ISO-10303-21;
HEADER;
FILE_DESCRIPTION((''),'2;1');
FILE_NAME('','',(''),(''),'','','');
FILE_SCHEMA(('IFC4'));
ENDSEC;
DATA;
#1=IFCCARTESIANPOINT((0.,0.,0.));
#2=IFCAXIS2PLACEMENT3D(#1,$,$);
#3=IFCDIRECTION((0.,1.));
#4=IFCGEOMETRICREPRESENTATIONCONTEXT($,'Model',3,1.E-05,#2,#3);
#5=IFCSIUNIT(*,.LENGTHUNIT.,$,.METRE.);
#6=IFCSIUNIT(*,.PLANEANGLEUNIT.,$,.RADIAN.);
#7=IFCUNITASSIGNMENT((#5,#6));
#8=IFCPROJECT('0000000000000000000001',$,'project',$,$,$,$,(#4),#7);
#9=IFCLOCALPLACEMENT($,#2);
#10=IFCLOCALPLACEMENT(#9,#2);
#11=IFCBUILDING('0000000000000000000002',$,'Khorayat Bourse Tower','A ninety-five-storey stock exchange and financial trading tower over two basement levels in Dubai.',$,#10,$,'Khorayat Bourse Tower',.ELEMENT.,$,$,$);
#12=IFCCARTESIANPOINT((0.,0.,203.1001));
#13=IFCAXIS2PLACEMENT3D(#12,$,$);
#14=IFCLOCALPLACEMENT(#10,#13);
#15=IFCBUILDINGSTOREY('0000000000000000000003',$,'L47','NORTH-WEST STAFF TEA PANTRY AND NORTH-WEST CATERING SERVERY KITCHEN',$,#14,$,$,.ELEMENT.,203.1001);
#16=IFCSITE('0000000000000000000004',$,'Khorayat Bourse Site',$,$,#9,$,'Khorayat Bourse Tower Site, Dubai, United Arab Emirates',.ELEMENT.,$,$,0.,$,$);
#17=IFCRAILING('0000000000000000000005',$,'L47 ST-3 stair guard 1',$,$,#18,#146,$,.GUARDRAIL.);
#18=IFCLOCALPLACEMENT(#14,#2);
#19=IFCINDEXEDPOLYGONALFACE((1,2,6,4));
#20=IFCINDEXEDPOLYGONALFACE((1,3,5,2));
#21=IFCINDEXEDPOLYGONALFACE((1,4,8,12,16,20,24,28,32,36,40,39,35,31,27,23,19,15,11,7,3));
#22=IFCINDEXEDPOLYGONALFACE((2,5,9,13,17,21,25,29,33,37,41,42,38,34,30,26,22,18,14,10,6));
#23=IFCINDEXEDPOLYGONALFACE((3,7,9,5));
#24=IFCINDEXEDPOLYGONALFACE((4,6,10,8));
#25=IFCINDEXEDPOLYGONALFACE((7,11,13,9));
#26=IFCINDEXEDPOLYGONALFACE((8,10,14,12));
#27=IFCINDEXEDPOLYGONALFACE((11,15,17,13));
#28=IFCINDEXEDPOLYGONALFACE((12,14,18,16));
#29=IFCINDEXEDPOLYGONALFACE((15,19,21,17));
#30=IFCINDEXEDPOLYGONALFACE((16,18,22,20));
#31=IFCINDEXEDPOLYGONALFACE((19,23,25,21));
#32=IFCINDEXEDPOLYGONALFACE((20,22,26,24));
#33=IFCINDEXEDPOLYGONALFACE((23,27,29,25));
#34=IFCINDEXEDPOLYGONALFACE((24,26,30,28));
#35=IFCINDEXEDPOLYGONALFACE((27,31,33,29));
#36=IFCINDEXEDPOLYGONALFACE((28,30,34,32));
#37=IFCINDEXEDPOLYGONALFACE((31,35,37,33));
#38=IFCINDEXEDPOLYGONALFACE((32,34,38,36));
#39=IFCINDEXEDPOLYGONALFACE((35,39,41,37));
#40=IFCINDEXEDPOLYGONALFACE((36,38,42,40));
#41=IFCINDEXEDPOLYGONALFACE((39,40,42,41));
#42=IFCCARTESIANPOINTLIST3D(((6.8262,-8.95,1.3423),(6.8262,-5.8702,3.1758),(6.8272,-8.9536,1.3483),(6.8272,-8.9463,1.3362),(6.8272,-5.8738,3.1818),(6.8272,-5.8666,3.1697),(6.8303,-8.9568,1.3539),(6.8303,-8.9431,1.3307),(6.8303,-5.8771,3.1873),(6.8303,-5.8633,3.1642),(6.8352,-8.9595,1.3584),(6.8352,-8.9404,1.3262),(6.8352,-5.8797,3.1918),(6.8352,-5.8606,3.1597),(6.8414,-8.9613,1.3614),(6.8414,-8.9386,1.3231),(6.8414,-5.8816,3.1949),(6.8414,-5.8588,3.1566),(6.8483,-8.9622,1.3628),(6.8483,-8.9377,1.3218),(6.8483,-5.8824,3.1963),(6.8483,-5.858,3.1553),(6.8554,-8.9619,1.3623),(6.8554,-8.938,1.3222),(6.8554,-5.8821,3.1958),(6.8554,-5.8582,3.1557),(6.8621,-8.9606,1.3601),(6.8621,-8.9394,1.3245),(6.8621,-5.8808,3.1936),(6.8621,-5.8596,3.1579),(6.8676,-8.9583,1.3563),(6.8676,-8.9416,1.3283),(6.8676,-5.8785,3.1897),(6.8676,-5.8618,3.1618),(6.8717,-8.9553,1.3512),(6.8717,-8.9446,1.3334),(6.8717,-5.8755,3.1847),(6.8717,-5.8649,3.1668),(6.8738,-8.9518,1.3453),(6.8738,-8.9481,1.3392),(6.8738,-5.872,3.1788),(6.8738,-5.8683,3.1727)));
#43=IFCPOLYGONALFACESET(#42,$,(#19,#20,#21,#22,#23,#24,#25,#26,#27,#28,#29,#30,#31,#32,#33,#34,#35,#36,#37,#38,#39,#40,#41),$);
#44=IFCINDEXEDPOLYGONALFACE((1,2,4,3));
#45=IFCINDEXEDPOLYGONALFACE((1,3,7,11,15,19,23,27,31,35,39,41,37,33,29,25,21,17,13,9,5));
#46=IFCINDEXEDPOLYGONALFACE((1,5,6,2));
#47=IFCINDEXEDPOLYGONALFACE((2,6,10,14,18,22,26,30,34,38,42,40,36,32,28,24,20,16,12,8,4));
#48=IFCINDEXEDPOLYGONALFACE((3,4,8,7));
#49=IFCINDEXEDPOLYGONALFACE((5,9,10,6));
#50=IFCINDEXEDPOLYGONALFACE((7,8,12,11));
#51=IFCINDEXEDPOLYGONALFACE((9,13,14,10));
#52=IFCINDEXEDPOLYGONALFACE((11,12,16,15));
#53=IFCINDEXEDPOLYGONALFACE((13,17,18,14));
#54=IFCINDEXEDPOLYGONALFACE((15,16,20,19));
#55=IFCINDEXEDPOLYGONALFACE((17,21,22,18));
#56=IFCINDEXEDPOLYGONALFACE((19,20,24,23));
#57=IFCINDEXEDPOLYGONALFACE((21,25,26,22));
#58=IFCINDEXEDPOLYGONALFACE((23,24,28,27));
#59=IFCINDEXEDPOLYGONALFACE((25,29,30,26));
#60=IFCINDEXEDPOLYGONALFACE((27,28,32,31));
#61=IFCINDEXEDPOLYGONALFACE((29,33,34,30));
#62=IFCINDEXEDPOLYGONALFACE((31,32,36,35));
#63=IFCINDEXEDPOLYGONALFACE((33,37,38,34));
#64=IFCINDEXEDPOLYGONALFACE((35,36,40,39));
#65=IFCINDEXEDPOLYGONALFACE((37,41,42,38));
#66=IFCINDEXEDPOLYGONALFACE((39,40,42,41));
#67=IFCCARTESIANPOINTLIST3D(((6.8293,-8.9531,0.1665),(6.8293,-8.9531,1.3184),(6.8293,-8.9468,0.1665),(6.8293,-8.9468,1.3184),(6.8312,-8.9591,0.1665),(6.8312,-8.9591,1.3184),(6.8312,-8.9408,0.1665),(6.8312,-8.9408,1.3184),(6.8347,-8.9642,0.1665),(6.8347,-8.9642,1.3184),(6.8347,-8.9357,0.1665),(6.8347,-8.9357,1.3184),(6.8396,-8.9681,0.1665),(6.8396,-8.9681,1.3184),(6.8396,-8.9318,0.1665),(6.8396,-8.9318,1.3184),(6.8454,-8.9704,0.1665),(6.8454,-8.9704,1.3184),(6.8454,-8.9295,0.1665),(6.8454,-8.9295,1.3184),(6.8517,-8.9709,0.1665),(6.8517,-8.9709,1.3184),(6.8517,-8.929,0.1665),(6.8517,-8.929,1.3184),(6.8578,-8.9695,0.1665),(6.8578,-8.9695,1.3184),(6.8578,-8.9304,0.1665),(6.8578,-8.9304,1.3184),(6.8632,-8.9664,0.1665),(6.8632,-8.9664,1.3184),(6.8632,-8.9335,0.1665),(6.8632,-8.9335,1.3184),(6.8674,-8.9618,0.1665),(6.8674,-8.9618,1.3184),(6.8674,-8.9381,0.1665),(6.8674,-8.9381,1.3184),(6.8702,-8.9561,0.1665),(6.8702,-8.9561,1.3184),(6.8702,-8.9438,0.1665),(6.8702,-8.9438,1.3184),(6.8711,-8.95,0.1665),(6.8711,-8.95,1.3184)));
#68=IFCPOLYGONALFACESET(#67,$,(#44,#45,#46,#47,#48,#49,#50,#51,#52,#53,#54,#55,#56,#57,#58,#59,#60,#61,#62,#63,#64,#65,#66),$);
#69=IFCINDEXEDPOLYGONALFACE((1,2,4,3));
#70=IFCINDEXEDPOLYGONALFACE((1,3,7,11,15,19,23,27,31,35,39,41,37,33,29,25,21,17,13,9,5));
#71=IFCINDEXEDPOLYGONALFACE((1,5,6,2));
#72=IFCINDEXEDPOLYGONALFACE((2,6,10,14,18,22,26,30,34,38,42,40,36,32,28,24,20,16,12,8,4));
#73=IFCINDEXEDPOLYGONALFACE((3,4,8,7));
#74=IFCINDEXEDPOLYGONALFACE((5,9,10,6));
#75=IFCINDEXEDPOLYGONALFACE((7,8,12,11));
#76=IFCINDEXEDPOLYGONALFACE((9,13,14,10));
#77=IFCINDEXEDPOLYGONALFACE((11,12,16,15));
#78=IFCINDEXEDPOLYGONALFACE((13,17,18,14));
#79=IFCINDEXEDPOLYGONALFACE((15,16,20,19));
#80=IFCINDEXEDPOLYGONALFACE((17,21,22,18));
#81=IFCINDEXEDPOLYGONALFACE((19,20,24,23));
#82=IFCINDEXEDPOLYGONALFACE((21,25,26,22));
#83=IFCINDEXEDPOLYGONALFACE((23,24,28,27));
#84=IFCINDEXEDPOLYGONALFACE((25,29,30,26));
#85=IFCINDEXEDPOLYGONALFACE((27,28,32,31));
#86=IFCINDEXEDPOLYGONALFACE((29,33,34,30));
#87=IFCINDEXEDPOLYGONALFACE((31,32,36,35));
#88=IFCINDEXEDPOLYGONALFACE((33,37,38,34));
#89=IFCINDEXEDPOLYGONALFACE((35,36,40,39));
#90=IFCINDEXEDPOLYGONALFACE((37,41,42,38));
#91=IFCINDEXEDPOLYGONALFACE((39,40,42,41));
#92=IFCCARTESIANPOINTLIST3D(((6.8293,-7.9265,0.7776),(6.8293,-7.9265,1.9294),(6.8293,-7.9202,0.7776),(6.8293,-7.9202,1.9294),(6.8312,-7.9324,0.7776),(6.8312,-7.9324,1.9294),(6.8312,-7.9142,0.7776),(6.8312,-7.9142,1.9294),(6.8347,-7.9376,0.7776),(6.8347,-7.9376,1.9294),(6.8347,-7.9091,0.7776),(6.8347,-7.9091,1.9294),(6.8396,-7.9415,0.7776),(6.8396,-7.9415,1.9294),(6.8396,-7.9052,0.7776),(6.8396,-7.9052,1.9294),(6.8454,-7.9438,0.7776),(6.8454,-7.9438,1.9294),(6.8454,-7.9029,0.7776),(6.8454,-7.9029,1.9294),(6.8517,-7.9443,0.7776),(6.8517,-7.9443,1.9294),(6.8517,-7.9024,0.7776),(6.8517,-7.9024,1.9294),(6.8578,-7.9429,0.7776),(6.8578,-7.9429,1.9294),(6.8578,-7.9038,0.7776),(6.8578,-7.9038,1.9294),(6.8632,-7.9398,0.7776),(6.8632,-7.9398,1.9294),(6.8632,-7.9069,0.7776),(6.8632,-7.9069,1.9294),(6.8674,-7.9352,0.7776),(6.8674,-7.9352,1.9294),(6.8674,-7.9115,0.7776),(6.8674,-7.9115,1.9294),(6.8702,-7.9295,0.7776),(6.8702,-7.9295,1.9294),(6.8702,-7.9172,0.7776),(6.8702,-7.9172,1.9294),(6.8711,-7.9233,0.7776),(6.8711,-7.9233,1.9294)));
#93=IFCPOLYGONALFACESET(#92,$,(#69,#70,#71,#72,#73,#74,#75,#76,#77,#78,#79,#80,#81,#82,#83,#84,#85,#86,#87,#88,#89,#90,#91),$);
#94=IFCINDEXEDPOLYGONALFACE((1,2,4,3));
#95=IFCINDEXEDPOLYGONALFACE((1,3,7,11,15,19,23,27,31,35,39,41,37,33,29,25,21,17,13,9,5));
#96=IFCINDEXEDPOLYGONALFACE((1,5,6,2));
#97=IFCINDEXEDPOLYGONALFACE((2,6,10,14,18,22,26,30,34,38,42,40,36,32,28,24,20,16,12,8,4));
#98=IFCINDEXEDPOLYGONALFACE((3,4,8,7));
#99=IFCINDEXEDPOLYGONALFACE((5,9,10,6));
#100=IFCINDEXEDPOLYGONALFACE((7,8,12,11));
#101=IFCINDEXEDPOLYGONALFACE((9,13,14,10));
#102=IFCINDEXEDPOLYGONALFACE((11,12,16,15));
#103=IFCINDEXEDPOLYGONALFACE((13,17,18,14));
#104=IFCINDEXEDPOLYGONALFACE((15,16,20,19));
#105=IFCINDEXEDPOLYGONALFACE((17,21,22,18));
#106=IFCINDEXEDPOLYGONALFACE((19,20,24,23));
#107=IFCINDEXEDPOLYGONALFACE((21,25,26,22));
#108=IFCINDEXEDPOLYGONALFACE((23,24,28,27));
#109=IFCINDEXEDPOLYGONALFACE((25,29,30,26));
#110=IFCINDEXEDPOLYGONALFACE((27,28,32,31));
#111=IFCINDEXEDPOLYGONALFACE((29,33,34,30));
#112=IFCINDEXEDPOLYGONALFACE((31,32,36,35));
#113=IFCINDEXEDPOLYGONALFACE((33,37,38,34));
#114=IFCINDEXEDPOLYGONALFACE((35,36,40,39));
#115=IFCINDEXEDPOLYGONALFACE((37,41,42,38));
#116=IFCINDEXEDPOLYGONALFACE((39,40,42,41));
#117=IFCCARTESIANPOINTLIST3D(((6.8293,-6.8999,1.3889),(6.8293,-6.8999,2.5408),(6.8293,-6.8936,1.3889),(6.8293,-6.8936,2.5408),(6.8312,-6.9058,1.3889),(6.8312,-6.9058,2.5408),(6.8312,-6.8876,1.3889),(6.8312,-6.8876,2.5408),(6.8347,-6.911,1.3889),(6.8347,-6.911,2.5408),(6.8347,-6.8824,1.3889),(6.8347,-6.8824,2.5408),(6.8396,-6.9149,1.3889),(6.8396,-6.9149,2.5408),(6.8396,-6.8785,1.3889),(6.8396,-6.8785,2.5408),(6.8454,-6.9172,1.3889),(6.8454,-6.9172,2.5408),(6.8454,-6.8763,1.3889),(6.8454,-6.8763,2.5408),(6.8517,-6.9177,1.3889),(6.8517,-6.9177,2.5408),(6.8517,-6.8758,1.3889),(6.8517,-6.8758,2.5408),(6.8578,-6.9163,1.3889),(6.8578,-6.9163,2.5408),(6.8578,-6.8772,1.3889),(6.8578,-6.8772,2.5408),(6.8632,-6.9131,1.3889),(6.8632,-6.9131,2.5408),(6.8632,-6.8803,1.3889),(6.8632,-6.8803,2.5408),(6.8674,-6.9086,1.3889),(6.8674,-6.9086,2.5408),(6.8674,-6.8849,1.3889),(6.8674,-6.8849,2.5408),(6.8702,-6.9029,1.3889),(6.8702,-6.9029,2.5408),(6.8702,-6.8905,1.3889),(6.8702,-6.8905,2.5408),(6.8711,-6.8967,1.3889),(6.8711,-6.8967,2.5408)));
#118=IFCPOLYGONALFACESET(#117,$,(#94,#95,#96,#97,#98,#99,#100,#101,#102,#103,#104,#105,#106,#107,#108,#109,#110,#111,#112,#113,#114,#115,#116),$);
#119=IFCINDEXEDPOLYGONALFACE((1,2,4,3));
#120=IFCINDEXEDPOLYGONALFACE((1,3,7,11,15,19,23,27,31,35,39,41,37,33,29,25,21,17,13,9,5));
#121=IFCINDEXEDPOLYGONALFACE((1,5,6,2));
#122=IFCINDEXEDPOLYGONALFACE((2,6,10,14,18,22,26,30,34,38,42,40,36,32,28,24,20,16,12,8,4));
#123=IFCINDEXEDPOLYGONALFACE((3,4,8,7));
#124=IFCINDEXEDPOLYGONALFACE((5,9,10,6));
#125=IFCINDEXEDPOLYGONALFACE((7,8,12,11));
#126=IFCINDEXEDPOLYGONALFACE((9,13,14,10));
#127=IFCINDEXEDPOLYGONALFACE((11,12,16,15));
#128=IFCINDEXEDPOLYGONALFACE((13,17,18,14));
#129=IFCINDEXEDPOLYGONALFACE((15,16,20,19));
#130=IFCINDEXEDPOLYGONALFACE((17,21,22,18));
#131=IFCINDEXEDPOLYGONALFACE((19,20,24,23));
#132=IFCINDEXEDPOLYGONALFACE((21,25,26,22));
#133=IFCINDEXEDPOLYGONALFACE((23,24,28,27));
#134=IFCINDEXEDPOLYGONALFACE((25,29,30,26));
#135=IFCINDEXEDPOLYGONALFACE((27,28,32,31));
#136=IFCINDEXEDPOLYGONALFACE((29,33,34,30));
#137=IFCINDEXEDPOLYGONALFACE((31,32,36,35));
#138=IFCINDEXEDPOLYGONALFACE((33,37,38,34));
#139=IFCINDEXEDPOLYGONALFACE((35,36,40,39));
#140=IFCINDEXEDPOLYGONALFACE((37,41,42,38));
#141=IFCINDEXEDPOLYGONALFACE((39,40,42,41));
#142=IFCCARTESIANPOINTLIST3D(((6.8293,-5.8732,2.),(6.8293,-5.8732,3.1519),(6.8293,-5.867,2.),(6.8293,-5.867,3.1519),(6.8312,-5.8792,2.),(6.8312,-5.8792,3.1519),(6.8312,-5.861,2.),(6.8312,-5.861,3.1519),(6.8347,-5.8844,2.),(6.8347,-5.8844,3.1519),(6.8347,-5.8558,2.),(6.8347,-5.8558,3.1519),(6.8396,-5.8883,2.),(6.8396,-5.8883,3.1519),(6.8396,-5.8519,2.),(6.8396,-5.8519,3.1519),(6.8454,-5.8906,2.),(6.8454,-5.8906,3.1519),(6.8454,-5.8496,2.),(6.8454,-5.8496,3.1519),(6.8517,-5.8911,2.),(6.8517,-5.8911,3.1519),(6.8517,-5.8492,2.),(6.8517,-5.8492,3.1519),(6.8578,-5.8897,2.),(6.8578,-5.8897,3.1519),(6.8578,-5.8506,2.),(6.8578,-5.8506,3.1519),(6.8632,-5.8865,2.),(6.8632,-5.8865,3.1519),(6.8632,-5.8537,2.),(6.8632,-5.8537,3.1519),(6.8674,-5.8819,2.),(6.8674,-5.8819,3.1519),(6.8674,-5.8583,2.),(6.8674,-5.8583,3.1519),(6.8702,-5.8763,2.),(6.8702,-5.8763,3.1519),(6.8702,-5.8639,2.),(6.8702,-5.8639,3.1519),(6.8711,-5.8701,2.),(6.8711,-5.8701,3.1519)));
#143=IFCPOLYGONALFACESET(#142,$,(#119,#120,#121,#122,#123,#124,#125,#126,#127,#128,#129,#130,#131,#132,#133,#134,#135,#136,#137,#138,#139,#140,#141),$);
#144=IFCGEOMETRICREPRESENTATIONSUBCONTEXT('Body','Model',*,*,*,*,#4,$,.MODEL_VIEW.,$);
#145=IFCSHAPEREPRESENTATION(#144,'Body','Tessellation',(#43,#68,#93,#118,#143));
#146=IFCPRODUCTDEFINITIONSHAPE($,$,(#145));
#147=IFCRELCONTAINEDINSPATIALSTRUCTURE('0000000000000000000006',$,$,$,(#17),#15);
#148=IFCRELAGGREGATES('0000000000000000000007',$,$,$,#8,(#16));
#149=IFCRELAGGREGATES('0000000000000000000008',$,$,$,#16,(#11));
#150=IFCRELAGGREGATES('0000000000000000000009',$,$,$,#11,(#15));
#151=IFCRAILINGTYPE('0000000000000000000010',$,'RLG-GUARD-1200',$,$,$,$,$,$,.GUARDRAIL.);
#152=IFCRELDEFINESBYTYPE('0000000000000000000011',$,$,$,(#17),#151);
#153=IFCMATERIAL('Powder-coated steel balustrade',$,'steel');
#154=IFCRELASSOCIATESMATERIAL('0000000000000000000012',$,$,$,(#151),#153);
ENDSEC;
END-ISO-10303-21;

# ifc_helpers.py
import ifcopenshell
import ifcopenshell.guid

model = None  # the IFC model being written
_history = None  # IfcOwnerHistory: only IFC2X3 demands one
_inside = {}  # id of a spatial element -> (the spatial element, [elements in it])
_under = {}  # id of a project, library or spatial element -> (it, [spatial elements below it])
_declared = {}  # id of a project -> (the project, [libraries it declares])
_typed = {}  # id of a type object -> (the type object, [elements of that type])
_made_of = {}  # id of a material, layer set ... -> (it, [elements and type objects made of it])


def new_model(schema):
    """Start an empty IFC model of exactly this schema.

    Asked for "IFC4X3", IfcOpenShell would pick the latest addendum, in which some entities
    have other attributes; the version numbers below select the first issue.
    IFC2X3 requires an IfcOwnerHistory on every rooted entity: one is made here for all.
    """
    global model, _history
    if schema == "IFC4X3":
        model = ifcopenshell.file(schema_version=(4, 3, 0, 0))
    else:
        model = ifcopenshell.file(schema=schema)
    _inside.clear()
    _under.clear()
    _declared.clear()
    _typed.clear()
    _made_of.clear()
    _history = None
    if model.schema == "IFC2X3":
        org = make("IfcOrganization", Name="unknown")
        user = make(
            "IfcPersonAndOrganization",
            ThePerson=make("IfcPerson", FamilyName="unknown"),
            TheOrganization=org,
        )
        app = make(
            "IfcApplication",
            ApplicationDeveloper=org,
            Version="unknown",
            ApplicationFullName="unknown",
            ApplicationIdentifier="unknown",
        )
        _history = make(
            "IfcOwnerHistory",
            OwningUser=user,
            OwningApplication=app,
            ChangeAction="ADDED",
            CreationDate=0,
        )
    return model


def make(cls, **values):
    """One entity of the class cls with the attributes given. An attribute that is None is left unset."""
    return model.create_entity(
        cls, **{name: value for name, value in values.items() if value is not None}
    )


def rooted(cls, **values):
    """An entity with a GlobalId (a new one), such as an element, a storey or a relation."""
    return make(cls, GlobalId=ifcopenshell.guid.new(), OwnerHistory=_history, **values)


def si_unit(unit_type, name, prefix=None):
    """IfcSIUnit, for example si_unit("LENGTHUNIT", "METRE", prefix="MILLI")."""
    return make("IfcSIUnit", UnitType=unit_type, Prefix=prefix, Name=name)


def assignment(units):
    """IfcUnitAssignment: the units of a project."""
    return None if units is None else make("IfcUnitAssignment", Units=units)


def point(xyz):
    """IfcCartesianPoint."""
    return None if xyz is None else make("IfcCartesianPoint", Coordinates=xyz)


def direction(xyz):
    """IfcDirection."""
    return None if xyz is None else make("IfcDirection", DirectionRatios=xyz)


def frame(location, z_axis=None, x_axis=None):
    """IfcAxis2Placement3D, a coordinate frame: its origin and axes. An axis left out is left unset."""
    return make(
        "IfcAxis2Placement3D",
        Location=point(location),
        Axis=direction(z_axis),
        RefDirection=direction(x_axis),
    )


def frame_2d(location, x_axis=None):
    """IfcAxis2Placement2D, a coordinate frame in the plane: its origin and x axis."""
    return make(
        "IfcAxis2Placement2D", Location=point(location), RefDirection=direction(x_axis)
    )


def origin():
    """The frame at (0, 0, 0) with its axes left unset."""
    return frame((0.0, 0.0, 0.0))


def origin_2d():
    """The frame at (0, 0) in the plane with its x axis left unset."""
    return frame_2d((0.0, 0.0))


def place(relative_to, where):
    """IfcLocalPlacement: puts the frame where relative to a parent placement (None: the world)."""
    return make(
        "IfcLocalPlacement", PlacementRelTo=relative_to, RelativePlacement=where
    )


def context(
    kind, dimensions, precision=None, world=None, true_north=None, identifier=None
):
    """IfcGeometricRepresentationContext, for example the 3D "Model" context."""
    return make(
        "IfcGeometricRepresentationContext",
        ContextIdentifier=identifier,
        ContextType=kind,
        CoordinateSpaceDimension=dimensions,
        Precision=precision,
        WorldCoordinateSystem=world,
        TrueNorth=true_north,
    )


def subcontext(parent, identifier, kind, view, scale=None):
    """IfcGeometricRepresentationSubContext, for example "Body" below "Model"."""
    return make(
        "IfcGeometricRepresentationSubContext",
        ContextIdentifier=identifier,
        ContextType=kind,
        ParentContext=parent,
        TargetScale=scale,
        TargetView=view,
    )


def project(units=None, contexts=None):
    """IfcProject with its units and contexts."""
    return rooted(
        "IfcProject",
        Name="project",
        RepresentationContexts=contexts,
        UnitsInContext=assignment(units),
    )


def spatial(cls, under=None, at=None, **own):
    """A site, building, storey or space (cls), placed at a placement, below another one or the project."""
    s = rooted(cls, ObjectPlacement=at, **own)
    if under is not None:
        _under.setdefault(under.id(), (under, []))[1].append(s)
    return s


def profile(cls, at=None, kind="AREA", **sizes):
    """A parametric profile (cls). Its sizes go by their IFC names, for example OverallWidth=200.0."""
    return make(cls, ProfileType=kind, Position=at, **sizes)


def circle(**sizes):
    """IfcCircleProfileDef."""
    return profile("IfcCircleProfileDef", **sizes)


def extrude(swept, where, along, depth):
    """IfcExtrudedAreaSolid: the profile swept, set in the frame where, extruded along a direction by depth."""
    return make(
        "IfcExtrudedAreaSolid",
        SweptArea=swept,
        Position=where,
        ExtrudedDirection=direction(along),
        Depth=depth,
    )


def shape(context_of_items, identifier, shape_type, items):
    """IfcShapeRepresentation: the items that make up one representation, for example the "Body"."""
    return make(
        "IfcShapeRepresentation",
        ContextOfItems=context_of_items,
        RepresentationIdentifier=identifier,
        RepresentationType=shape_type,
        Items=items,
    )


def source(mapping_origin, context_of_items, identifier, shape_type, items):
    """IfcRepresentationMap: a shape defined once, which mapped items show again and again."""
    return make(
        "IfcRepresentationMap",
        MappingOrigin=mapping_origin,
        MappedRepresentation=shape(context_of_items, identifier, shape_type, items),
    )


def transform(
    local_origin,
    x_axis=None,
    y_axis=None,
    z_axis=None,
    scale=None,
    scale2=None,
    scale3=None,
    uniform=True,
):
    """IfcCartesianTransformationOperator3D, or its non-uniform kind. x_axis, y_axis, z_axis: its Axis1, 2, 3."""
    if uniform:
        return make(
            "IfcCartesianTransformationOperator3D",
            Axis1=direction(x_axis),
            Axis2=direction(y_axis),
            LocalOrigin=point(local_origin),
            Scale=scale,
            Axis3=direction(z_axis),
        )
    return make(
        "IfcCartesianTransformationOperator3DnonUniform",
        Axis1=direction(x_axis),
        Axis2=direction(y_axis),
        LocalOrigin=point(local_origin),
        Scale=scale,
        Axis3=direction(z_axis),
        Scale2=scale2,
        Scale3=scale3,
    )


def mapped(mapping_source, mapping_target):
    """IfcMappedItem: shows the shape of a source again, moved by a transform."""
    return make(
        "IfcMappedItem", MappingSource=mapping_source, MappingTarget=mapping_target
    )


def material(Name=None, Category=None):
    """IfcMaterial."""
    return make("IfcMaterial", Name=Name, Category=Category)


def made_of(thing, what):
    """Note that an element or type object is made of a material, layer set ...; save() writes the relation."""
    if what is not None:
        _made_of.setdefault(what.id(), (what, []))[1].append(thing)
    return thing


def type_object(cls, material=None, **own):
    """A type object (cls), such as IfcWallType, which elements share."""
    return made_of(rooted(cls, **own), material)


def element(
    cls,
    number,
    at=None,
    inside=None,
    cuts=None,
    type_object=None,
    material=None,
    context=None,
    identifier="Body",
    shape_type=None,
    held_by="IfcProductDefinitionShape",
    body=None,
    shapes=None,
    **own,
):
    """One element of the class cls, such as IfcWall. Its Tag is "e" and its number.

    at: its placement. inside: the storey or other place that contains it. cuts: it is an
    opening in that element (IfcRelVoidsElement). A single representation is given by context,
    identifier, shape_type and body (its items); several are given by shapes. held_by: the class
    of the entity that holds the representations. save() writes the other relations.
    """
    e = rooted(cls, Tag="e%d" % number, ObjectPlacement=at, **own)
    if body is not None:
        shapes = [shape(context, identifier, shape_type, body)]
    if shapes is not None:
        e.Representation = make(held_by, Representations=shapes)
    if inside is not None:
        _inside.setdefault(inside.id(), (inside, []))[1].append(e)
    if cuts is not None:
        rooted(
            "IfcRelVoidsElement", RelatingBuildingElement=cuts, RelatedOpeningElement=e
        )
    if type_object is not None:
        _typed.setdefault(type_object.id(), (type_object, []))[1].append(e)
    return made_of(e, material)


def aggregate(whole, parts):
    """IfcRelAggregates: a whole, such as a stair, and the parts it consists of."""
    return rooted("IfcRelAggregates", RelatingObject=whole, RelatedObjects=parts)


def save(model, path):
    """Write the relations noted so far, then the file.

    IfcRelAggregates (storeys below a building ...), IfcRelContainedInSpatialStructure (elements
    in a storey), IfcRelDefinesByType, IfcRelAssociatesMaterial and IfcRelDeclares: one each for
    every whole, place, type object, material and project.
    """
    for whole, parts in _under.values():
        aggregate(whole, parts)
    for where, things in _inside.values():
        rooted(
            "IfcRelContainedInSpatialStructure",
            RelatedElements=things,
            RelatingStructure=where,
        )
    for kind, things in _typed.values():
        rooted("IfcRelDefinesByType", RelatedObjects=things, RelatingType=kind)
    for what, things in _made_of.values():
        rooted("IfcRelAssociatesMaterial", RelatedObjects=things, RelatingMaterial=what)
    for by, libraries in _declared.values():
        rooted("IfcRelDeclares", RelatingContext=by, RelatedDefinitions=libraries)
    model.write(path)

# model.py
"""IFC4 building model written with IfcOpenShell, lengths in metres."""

from ifc_helpers import new_model, si_unit, direction, frame, origin, origin_2d, place, context, subcontext, project, spatial, circle, extrude, source, transform, mapped, material, type_object, element, save


model = new_model("IFC4")

# Units and contexts
model_context = context("Model", 3, precision=1e-05, world=origin(), true_north=direction((0.0, 1.0)))
body_context = subcontext(model_context, "Body", "Model", "MODEL_VIEW")
ifc_project = project(units=[si_unit("LENGTHUNIT", "METRE"), si_unit("PLANEANGLEUNIT", "RADIAN")], contexts=[model_context])

# Site, building, storey
site_placement = place(None, origin())
site = spatial("IfcSite", under=ifc_project, at=site_placement, Name="Khorayat Bourse Site", LongName="Khorayat Bourse Tower Site, Dubai, United Arab Emirates", CompositionType="ELEMENT", RefElevation=0.0)
building_placement = place(site_placement, origin())
building = spatial("IfcBuilding", under=site, at=building_placement, Name="Khorayat Bourse Tower", Description="A ninety-five-storey stock exchange and financial trading tower over two basement levels in Dubai.", LongName="Khorayat Bourse Tower", CompositionType="ELEMENT")
storey_placement = place(building_placement, frame((0.0, 0.0, 203.1001)))
storey = spatial("IfcBuildingStorey", under=building, at=storey_placement, Name="L47", Description="NORTH-WEST STAFF TEA PANTRY AND NORTH-WEST CATERING SERVERY KITCHEN", CompositionType="ELEMENT", Elevation=203.1001)

# Railing
ifc_material_1 = material(Name="Powder-coated steel balustrade", Category="steel")
railing_type_1 = type_object("IfcRailingType", Name="RLG-GUARD-1200", PredefinedType="GUARDRAIL", material=ifc_material_1)
shared_shape_1 = source(origin(), body_context, "Body", "SweptSolid", [
    extrude(circle(Radius=0.0239, at=origin_2d()), frame((0.0, 0.0, 1.1758), z_axis=(0.0, 0.859261, 0.511538), x_axis=(-1.0, 0.0, 0.0)), (0.0, 0.0, 1.0), 3.5842),
    extrude(circle(Radius=0.021, at=origin_2d()), origin(), (0.0, 0.0, 1.0), 1.1519),
    extrude(circle(Radius=0.021, at=origin_2d()), frame((0.0, 1.0266, 0.6111)), (0.0, 0.0, 1.0), 1.1519),
    extrude(circle(Radius=0.021, at=origin_2d()), frame((0.0, 2.0532, 1.2224)), (0.0, 0.0, 1.0), 1.1519),
    extrude(circle(Radius=0.021, at=origin_2d()), frame((0.0, 3.0798, 1.8335)), (0.0, 0.0, 1.0), 1.1519),
])
railing_1_placement = place(storey_placement, frame((6.8501, -8.95, 0.1665)))
element("IfcRailing", 1, at=railing_1_placement, inside=storey, type_object=railing_type_1, Name="L47 ST-3 stair guard 1", PredefinedType="GUARDRAIL", context=body_context, shape_type="MappedRepresentation", body=[
    mapped(shared_shape_1, transform((0.0, 0.0, 0.0), scale=1.0)),
])

save(model, "model.ifc")
